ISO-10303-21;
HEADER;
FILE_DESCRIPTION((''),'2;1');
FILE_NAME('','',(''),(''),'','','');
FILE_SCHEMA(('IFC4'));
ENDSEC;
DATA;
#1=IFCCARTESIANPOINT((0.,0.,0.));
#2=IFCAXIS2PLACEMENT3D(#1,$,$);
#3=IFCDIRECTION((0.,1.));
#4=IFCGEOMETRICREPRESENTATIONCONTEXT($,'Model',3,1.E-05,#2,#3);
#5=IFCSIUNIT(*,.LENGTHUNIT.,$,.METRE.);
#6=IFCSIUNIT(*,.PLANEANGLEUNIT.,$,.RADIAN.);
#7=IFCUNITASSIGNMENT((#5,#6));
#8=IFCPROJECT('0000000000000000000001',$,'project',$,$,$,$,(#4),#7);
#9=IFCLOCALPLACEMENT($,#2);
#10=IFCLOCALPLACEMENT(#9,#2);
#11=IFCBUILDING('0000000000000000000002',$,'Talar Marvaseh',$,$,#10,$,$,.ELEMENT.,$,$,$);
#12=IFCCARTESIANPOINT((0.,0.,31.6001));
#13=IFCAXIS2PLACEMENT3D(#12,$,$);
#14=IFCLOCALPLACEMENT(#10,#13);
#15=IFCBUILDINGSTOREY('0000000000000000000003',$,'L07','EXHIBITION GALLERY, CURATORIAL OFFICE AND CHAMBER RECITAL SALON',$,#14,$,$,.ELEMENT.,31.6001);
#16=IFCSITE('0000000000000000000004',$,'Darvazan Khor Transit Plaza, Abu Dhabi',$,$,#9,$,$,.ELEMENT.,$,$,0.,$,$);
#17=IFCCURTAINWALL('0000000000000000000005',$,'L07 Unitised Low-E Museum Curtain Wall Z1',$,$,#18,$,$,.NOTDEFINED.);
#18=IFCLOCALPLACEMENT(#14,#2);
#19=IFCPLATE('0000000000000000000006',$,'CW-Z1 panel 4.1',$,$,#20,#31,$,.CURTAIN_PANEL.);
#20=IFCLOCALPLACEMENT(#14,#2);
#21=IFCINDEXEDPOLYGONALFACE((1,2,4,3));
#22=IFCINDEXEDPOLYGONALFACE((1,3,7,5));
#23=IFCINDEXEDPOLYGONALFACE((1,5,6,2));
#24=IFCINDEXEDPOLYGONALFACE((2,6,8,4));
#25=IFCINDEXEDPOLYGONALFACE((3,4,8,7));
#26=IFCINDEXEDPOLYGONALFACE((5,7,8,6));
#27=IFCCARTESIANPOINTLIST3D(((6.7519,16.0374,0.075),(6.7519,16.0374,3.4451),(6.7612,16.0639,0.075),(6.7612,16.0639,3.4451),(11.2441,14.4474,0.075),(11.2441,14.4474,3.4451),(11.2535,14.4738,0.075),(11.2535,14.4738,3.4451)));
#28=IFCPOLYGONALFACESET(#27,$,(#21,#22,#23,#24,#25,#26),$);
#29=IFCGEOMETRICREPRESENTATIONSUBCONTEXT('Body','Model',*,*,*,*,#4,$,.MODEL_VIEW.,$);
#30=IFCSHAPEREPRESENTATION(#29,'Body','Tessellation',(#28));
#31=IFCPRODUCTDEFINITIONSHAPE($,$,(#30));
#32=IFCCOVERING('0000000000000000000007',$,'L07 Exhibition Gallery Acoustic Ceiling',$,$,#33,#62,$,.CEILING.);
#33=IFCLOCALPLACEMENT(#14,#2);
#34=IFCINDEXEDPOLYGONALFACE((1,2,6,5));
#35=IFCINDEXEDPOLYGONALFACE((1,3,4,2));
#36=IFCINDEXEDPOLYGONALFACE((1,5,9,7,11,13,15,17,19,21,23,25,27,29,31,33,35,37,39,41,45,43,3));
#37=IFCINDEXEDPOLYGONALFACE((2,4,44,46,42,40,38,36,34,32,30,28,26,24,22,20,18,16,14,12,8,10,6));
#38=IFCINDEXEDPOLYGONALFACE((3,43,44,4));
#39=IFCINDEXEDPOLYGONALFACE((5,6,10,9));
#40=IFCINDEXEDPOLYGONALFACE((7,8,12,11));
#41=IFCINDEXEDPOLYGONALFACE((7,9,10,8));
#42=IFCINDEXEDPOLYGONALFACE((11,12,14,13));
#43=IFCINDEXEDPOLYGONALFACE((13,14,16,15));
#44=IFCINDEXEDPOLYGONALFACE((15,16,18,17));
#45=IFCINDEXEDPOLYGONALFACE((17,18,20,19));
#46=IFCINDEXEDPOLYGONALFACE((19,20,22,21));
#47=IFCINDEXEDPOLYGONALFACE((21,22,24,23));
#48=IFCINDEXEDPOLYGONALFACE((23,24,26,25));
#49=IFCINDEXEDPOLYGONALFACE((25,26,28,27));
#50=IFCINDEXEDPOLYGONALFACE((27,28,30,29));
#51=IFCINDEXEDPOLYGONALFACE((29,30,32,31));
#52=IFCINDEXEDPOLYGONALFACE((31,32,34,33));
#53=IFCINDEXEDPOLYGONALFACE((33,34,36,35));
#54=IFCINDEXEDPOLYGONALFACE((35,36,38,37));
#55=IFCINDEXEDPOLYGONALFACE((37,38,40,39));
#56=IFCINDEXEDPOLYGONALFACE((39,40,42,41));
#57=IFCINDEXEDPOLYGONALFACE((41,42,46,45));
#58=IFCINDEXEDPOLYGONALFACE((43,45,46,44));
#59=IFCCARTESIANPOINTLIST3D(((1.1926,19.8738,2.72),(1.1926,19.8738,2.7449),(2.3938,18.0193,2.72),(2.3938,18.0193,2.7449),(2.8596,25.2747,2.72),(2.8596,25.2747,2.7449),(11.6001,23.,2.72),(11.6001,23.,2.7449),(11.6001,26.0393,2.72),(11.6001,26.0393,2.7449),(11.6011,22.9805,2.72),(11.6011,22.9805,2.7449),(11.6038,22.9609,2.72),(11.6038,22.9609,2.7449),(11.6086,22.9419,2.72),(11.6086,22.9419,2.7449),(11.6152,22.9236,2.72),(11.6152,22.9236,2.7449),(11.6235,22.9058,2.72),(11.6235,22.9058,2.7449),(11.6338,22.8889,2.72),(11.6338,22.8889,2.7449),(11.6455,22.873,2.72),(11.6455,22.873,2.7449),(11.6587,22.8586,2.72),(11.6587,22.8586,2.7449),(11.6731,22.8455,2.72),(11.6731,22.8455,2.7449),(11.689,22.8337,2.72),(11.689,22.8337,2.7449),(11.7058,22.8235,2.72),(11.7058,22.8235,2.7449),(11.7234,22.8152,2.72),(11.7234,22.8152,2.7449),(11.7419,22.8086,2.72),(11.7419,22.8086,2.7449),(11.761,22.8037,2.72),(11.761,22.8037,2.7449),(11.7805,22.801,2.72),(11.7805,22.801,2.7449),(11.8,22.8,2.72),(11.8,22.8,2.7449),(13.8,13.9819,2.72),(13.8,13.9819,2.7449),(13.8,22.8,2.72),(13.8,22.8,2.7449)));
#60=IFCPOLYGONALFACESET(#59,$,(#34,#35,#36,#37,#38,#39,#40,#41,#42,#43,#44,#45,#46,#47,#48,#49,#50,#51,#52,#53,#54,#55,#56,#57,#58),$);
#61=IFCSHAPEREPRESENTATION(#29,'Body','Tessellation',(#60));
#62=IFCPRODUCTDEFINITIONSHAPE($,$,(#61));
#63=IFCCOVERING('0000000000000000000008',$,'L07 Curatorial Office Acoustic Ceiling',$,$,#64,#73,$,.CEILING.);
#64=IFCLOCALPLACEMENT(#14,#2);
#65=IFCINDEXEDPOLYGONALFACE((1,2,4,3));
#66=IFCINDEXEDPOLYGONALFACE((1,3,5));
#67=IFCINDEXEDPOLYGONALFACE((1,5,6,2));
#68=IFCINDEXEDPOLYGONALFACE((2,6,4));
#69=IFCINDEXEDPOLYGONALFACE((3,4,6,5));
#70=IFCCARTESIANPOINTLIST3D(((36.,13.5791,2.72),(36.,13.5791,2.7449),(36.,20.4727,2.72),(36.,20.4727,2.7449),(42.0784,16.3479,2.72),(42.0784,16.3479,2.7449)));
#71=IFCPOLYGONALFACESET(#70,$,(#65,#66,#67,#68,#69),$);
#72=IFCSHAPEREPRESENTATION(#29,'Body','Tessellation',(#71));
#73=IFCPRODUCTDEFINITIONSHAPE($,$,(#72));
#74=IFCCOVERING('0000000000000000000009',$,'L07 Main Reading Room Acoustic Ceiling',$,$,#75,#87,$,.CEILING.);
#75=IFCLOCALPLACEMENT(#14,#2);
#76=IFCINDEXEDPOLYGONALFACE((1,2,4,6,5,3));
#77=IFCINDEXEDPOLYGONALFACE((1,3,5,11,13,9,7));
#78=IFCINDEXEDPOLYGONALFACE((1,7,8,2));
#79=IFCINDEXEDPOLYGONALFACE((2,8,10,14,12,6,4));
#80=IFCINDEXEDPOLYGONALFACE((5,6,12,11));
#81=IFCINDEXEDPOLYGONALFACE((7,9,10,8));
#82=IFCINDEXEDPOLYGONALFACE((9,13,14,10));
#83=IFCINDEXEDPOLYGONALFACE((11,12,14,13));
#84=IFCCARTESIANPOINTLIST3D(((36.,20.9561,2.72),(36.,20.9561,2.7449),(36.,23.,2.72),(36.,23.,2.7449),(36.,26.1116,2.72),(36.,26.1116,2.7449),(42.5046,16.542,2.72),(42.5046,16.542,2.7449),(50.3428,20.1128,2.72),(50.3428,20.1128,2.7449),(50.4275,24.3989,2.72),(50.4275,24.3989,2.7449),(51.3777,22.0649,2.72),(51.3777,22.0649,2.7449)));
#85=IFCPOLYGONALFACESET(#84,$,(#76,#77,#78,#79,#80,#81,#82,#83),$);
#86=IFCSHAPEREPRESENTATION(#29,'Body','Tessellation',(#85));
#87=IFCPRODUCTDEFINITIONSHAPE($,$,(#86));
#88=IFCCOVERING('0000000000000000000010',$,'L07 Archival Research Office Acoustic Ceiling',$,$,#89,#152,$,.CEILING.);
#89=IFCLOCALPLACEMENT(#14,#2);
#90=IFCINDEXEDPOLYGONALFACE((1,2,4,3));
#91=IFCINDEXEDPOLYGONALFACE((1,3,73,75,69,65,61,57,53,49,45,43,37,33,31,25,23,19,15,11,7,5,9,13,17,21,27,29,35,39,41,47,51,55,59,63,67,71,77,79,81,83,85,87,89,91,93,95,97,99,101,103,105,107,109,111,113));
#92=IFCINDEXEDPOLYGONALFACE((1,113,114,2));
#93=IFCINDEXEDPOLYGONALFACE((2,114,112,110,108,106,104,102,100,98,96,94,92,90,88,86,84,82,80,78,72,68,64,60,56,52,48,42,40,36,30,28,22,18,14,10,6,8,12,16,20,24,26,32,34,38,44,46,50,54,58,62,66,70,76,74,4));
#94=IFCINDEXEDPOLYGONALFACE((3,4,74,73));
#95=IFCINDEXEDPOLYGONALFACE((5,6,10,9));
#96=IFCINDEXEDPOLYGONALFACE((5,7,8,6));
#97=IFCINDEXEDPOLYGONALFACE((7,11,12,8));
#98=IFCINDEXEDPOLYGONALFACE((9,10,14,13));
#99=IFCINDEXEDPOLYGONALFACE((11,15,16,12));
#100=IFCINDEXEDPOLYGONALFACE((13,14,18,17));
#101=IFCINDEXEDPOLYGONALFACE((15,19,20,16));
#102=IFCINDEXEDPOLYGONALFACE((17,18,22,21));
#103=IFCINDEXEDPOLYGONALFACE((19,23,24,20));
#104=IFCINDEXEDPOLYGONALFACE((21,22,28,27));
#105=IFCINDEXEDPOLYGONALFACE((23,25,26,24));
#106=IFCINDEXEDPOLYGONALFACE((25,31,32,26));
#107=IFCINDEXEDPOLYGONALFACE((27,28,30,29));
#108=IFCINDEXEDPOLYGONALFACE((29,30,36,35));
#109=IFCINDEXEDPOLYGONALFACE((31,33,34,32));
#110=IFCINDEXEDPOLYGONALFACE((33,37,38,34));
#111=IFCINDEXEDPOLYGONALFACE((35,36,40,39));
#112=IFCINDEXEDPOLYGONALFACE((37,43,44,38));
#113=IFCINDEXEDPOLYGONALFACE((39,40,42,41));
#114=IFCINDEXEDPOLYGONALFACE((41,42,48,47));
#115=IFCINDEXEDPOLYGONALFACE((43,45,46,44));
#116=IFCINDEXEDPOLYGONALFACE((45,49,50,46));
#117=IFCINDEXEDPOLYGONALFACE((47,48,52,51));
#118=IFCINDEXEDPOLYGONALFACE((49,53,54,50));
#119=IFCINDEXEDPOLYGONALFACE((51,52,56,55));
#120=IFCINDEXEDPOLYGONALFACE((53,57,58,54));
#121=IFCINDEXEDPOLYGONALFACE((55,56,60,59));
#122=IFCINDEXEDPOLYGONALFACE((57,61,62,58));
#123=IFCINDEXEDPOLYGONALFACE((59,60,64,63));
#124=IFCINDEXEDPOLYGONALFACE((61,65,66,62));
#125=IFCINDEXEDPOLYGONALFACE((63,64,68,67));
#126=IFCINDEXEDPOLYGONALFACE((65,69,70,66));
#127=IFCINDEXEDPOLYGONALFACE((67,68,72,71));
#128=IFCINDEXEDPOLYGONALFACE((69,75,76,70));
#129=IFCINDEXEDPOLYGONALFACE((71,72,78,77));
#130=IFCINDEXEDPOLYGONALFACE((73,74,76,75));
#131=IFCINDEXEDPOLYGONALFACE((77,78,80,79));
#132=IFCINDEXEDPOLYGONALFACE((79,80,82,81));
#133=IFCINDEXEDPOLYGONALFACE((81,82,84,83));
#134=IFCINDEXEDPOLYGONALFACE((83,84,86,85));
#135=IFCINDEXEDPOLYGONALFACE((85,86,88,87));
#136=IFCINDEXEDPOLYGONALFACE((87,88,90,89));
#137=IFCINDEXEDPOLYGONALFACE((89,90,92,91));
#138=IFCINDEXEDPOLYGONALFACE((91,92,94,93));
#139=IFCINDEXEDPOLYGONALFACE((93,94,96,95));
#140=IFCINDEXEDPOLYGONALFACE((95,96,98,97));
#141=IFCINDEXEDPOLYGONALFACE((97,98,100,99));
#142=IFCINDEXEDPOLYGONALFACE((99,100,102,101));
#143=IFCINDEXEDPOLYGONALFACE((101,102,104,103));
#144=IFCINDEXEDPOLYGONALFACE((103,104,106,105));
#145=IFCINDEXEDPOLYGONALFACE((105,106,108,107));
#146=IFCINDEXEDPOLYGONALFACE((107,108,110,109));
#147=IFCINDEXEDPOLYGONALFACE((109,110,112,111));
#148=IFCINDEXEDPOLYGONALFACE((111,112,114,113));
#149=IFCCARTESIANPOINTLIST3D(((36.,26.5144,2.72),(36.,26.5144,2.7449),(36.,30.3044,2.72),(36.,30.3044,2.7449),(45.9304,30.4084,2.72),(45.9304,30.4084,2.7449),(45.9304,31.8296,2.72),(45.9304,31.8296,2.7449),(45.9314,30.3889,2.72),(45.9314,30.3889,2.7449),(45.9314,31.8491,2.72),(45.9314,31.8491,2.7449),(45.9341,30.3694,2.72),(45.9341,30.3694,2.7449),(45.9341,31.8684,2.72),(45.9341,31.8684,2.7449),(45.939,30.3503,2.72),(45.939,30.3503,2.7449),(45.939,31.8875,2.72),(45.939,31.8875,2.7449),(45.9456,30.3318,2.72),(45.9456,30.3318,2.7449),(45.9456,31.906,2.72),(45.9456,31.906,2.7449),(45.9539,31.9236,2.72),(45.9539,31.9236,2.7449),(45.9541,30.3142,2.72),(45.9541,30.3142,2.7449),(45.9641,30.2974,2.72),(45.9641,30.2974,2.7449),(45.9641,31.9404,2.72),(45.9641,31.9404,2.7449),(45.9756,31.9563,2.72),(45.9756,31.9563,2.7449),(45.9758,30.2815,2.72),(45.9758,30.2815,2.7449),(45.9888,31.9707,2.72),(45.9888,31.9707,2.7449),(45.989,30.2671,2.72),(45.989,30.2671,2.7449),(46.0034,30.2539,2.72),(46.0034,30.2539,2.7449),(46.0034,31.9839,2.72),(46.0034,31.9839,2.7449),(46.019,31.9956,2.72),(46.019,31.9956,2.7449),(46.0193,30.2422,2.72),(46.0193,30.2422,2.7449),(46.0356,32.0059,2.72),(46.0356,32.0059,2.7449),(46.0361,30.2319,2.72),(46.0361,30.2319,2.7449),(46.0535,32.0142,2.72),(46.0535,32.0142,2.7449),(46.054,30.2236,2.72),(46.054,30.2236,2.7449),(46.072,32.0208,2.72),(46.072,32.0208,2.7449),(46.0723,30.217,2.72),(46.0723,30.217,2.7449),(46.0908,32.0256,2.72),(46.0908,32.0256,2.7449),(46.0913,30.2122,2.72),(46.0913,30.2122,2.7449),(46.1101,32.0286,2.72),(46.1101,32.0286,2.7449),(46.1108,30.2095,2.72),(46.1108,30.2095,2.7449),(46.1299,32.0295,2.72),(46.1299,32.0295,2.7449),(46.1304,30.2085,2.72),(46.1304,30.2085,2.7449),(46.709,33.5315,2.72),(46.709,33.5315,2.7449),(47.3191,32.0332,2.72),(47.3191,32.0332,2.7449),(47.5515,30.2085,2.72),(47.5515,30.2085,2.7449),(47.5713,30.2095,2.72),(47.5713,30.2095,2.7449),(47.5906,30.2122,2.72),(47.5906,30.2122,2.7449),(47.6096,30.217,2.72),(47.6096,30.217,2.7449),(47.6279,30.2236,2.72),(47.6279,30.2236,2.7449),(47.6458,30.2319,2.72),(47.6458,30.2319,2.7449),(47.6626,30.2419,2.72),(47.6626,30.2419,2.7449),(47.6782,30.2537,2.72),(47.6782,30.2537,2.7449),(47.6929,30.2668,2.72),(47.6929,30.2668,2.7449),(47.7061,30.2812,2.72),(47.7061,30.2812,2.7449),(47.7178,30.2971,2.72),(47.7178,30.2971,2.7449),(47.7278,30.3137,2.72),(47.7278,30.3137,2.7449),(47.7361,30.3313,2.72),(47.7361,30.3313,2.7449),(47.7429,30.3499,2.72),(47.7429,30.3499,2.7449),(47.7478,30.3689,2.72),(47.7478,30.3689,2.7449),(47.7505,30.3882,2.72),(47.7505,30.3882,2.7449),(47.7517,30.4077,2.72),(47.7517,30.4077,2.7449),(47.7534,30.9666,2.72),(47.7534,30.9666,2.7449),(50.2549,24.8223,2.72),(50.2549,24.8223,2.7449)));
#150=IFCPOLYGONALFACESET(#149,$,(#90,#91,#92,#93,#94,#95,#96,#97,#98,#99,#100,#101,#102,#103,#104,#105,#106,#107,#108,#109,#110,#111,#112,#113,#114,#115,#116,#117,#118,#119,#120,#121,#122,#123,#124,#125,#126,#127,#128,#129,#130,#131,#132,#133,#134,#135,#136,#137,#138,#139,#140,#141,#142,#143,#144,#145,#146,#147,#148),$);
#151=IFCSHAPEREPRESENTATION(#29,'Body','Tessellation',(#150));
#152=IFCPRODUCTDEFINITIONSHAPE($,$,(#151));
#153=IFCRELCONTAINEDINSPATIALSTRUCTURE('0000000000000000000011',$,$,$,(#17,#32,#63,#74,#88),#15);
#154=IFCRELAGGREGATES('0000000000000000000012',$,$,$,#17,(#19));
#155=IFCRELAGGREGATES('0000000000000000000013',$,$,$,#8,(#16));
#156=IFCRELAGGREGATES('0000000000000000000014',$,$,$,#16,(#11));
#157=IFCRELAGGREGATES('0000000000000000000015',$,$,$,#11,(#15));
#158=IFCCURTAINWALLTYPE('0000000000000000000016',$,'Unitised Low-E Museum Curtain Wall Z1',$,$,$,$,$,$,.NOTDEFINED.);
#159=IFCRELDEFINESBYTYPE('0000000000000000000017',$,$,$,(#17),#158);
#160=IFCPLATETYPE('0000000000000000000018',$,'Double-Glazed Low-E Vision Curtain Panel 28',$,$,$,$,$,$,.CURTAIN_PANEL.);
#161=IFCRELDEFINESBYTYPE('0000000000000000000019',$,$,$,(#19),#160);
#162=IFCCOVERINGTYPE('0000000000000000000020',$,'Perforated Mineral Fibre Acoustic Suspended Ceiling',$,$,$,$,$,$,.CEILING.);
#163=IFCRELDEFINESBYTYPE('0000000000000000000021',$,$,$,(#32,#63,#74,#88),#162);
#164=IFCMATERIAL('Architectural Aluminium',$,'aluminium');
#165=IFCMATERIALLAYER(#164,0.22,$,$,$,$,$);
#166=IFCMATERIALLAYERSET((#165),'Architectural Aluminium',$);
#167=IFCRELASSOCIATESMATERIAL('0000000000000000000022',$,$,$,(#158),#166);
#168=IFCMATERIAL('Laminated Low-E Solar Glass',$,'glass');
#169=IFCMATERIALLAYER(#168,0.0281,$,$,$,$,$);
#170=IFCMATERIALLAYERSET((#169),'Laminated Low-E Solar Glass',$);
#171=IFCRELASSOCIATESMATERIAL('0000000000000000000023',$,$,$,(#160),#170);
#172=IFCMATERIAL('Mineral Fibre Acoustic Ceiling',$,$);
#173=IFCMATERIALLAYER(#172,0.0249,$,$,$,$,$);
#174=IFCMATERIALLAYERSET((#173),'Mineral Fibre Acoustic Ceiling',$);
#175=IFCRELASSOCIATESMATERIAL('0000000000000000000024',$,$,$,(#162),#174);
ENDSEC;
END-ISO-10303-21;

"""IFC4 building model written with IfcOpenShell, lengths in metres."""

from ifc_helpers import new_model, si_unit, direction, frame, origin, origin_2d, place, context, subcontext, project, spatial, polyline, rectangle, outline, extrude, source, transform, mapped, material, layer, layer_set, type_object, type_shapes, element, aggregate, save


model = new_model("IFC4")

# Units and contexts
model_context = context("Model", 3, precision=1e-05, world=origin(), true_north=direction((0.0, 1.0)))
body_context = subcontext(model_context, "Body", "Model", "MODEL_VIEW")
ifc_project = project(units=[si_unit("LENGTHUNIT", "METRE"), si_unit("PLANEANGLEUNIT", "RADIAN")], contexts=[model_context])

# Site, building, storey
site_placement = place(None, origin())
site = spatial("IfcSite", under=ifc_project, at=site_placement, Name="Darvazan Khor Transit Plaza, Abu Dhabi", CompositionType="ELEMENT", RefElevation=0.0)
building_placement = place(site_placement, origin())
building = spatial("IfcBuilding", under=site, at=building_placement, Name="Talar Marvaseh", CompositionType="ELEMENT")
storey_placement = place(building_placement, frame((0.0, 0.0, 31.6001)))
storey = spatial("IfcBuildingStorey", under=building, at=storey_placement, Name="L07", Description="EXHIBITION GALLERY, CURATORIAL OFFICE AND CHAMBER RECITAL SALON", CompositionType="ELEMENT", Elevation=31.6001)

# Curtain wall
ifc_material_1 = material(Name="Architectural Aluminium", Category="aluminium")
ifc_layer_1 = layer(ifc_material_1, 0.22)
ifc_layer_set_1 = layer_set([ifc_layer_1], Name="Architectural Aluminium")
curtain_wall_type = type_object("IfcCurtainWallType", Name="Unitised Low-E Museum Curtain Wall Z1", PredefinedType="NOTDEFINED", material=ifc_layer_set_1)
curtain_wall_placement = place(storey_placement, origin())
curtain_wall = element("IfcCurtainWall", 1, at=curtain_wall_placement, inside=storey, type_object=curtain_wall_type, Name="L07 Unitised Low-E Museum Curtain Wall Z1", PredefinedType="NOTDEFINED")

# Plate
ifc_material_2 = material(Name="Laminated Low-E Solar Glass", Category="glass")
ifc_layer_2 = layer(ifc_material_2, 0.0281)
ifc_layer_set_2 = layer_set([ifc_layer_2], Name="Laminated Low-E Solar Glass")
plate_type = type_object("IfcPlateType", Name="Double-Glazed Low-E Vision Curtain Panel 28", PredefinedType="CURTAIN_PANEL", material=ifc_layer_set_2)
shared_shape_1 = source(origin(), body_context, "Body", "SweptSolid", [
    extrude(rectangle(XDim=4.7654, YDim=0.0281, at=origin_2d()), origin(), (0.0, 0.0, 1.0), 3.3701),
])
type_shapes(plate_type, [shared_shape_1])
plate_placement = place(storey_placement, frame((9.0027, 15.2556, 0.075), z_axis=(0.0, 0.0, 1.0), x_axis=(-0.942693, 0.333661, 0.0)))
plate = element("IfcPlate", 2, at=plate_placement, type_object=plate_type, Name="CW-Z1 panel 4.1", PredefinedType="CURTAIN_PANEL", context=body_context, shape_type="MappedRepresentation", body=[
    mapped(shared_shape_1, transform((0.0, 0.0, 0.0), x_axis=(1.0, 0.0, 0.0), y_axis=(0.0, 1.0, 0.0), z_axis=(0.0, 0.0, 1.0), scale=1.0)),
])
aggregate(curtain_wall, [plate])

# Coverings
ifc_material_3 = material(Name="Mineral Fibre Acoustic Ceiling")
ifc_layer_3 = layer(ifc_material_3, 0.0249)
ifc_layer_set_3 = layer_set([ifc_layer_3], Name="Mineral Fibre Acoustic Ceiling")
covering_type_1 = type_object("IfcCoveringType", Name="Perforated Mineral Fibre Acoustic Suspended Ceiling", PredefinedType="CEILING", material=ifc_layer_set_3)
covering_1_placement = place(storey_placement, frame((0.0, 0.0, 2.72)))
element("IfcCovering", 3, at=covering_1_placement, inside=storey, type_object=covering_type_1, Name="L07 Exhibition Gallery Acoustic Ceiling", PredefinedType="CEILING", context=body_context, shape_type="SweptSolid", body=[
    extrude(outline(polyline([(1.1926, 19.8738), (2.8596, 25.2747), (11.6001, 26.0393), (11.6001, 23.0), (11.6011, 22.9805), (11.6038, 22.9609), (11.6086, 22.9419), (11.6152, 22.9236), (11.6235, 22.9058), (11.6338, 22.8889), (11.6455, 22.873), (11.6587, 22.8586), (11.6731, 22.8455), (11.689, 22.8337), (11.7058, 22.8235), (11.7234, 22.8152), (11.7419, 22.8086), (11.761, 22.8037), (11.7805, 22.801), (11.8, 22.8), (13.8, 22.8), (13.8, 13.9819), (2.3938, 18.0193), (1.1926, 19.8738)])), origin(), (0.0, 0.0, 1.0), 0.0249),
])
covering_2_placement = place(storey_placement, frame((0.0, 0.0, 2.72)))
element("IfcCovering", 4, at=covering_2_placement, inside=storey, type_object=covering_type_1, Name="L07 Curatorial Office Acoustic Ceiling", PredefinedType="CEILING", context=body_context, shape_type="SweptSolid", body=[
    extrude(outline(polyline([(36.0, 13.5791), (36.0, 20.4727), (42.0784, 16.3479), (36.0, 13.5791)])), origin(), (0.0, 0.0, 1.0), 0.0249),
])
covering_3_placement = place(storey_placement, frame((0.0, 0.0, 2.72)))
element("IfcCovering", 5, at=covering_3_placement, inside=storey, type_object=covering_type_1, Name="L07 Main Reading Room Acoustic Ceiling", PredefinedType="CEILING", context=body_context, shape_type="SweptSolid", body=[
    extrude(outline(polyline([(36.0, 20.9561), (36.0, 23.0), (36.0, 26.1116), (50.4275, 24.3989), (51.3777, 22.0649), (50.3428, 20.1128), (42.5046, 16.542), (36.0, 20.9561)])), origin(), (0.0, 0.0, 1.0), 0.0249),
])
covering_4_placement = place(storey_placement, frame((0.0, 0.0, 2.72)))
element("IfcCovering", 6, at=covering_4_placement, inside=storey, type_object=covering_type_1, Name="L07 Archival Research Office Acoustic Ceiling", PredefinedType="CEILING", context=body_context, shape_type="SweptSolid", body=[
    extrude(outline(polyline([(46.709, 33.5315), (47.3191, 32.0332), (46.1299, 32.0295), (46.1101, 32.0286), (46.0908, 32.0256), (46.072, 32.0208), (46.0535, 32.0142), (46.0356, 32.0059), (46.019, 31.9956), (46.0034, 31.9839), (45.9888, 31.9707), (45.9756, 31.9563), (45.9641, 31.9404), (45.9539, 31.9236), (45.9456, 31.906), (45.939, 31.8875), (45.9341, 31.8684), (45.9314, 31.8491), (45.9304, 31.8296), (45.9304, 30.4084), (45.9314, 30.3889), (45.9341, 30.3694), (45.939, 30.3503), (45.9456, 30.3318), (45.9541, 30.3142), (45.9641, 30.2974), (45.9758, 30.2815), (45.989, 30.2671), (46.0034, 30.2539), (46.0193, 30.2422), (46.0361, 30.2319), (46.054, 30.2236), (46.0723, 30.217), (46.0913, 30.2122), (46.1108, 30.2095), (46.1304, 30.2085), (47.5515, 30.2085), (47.5713, 30.2095), (47.5906, 30.2122), (47.6096, 30.217), (47.6279, 30.2236), (47.6458, 30.2319), (47.6626, 30.2419), (47.6782, 30.2537), (47.6929, 30.2668), (47.7061, 30.2812), (47.7178, 30.2971), (47.7278, 30.3137), (47.7361, 30.3313), (47.7429, 30.3499), (47.7478, 30.3689), (47.7505, 30.3882), (47.7517, 30.4077), (47.7534, 30.9666), (50.2549, 24.8223), (36.0, 26.5144), (36.0, 30.3044), (46.709, 33.5315)])), origin(), (0.0, 0.0, 1.0), 0.0249),
])

save(model, "model.ifc")
